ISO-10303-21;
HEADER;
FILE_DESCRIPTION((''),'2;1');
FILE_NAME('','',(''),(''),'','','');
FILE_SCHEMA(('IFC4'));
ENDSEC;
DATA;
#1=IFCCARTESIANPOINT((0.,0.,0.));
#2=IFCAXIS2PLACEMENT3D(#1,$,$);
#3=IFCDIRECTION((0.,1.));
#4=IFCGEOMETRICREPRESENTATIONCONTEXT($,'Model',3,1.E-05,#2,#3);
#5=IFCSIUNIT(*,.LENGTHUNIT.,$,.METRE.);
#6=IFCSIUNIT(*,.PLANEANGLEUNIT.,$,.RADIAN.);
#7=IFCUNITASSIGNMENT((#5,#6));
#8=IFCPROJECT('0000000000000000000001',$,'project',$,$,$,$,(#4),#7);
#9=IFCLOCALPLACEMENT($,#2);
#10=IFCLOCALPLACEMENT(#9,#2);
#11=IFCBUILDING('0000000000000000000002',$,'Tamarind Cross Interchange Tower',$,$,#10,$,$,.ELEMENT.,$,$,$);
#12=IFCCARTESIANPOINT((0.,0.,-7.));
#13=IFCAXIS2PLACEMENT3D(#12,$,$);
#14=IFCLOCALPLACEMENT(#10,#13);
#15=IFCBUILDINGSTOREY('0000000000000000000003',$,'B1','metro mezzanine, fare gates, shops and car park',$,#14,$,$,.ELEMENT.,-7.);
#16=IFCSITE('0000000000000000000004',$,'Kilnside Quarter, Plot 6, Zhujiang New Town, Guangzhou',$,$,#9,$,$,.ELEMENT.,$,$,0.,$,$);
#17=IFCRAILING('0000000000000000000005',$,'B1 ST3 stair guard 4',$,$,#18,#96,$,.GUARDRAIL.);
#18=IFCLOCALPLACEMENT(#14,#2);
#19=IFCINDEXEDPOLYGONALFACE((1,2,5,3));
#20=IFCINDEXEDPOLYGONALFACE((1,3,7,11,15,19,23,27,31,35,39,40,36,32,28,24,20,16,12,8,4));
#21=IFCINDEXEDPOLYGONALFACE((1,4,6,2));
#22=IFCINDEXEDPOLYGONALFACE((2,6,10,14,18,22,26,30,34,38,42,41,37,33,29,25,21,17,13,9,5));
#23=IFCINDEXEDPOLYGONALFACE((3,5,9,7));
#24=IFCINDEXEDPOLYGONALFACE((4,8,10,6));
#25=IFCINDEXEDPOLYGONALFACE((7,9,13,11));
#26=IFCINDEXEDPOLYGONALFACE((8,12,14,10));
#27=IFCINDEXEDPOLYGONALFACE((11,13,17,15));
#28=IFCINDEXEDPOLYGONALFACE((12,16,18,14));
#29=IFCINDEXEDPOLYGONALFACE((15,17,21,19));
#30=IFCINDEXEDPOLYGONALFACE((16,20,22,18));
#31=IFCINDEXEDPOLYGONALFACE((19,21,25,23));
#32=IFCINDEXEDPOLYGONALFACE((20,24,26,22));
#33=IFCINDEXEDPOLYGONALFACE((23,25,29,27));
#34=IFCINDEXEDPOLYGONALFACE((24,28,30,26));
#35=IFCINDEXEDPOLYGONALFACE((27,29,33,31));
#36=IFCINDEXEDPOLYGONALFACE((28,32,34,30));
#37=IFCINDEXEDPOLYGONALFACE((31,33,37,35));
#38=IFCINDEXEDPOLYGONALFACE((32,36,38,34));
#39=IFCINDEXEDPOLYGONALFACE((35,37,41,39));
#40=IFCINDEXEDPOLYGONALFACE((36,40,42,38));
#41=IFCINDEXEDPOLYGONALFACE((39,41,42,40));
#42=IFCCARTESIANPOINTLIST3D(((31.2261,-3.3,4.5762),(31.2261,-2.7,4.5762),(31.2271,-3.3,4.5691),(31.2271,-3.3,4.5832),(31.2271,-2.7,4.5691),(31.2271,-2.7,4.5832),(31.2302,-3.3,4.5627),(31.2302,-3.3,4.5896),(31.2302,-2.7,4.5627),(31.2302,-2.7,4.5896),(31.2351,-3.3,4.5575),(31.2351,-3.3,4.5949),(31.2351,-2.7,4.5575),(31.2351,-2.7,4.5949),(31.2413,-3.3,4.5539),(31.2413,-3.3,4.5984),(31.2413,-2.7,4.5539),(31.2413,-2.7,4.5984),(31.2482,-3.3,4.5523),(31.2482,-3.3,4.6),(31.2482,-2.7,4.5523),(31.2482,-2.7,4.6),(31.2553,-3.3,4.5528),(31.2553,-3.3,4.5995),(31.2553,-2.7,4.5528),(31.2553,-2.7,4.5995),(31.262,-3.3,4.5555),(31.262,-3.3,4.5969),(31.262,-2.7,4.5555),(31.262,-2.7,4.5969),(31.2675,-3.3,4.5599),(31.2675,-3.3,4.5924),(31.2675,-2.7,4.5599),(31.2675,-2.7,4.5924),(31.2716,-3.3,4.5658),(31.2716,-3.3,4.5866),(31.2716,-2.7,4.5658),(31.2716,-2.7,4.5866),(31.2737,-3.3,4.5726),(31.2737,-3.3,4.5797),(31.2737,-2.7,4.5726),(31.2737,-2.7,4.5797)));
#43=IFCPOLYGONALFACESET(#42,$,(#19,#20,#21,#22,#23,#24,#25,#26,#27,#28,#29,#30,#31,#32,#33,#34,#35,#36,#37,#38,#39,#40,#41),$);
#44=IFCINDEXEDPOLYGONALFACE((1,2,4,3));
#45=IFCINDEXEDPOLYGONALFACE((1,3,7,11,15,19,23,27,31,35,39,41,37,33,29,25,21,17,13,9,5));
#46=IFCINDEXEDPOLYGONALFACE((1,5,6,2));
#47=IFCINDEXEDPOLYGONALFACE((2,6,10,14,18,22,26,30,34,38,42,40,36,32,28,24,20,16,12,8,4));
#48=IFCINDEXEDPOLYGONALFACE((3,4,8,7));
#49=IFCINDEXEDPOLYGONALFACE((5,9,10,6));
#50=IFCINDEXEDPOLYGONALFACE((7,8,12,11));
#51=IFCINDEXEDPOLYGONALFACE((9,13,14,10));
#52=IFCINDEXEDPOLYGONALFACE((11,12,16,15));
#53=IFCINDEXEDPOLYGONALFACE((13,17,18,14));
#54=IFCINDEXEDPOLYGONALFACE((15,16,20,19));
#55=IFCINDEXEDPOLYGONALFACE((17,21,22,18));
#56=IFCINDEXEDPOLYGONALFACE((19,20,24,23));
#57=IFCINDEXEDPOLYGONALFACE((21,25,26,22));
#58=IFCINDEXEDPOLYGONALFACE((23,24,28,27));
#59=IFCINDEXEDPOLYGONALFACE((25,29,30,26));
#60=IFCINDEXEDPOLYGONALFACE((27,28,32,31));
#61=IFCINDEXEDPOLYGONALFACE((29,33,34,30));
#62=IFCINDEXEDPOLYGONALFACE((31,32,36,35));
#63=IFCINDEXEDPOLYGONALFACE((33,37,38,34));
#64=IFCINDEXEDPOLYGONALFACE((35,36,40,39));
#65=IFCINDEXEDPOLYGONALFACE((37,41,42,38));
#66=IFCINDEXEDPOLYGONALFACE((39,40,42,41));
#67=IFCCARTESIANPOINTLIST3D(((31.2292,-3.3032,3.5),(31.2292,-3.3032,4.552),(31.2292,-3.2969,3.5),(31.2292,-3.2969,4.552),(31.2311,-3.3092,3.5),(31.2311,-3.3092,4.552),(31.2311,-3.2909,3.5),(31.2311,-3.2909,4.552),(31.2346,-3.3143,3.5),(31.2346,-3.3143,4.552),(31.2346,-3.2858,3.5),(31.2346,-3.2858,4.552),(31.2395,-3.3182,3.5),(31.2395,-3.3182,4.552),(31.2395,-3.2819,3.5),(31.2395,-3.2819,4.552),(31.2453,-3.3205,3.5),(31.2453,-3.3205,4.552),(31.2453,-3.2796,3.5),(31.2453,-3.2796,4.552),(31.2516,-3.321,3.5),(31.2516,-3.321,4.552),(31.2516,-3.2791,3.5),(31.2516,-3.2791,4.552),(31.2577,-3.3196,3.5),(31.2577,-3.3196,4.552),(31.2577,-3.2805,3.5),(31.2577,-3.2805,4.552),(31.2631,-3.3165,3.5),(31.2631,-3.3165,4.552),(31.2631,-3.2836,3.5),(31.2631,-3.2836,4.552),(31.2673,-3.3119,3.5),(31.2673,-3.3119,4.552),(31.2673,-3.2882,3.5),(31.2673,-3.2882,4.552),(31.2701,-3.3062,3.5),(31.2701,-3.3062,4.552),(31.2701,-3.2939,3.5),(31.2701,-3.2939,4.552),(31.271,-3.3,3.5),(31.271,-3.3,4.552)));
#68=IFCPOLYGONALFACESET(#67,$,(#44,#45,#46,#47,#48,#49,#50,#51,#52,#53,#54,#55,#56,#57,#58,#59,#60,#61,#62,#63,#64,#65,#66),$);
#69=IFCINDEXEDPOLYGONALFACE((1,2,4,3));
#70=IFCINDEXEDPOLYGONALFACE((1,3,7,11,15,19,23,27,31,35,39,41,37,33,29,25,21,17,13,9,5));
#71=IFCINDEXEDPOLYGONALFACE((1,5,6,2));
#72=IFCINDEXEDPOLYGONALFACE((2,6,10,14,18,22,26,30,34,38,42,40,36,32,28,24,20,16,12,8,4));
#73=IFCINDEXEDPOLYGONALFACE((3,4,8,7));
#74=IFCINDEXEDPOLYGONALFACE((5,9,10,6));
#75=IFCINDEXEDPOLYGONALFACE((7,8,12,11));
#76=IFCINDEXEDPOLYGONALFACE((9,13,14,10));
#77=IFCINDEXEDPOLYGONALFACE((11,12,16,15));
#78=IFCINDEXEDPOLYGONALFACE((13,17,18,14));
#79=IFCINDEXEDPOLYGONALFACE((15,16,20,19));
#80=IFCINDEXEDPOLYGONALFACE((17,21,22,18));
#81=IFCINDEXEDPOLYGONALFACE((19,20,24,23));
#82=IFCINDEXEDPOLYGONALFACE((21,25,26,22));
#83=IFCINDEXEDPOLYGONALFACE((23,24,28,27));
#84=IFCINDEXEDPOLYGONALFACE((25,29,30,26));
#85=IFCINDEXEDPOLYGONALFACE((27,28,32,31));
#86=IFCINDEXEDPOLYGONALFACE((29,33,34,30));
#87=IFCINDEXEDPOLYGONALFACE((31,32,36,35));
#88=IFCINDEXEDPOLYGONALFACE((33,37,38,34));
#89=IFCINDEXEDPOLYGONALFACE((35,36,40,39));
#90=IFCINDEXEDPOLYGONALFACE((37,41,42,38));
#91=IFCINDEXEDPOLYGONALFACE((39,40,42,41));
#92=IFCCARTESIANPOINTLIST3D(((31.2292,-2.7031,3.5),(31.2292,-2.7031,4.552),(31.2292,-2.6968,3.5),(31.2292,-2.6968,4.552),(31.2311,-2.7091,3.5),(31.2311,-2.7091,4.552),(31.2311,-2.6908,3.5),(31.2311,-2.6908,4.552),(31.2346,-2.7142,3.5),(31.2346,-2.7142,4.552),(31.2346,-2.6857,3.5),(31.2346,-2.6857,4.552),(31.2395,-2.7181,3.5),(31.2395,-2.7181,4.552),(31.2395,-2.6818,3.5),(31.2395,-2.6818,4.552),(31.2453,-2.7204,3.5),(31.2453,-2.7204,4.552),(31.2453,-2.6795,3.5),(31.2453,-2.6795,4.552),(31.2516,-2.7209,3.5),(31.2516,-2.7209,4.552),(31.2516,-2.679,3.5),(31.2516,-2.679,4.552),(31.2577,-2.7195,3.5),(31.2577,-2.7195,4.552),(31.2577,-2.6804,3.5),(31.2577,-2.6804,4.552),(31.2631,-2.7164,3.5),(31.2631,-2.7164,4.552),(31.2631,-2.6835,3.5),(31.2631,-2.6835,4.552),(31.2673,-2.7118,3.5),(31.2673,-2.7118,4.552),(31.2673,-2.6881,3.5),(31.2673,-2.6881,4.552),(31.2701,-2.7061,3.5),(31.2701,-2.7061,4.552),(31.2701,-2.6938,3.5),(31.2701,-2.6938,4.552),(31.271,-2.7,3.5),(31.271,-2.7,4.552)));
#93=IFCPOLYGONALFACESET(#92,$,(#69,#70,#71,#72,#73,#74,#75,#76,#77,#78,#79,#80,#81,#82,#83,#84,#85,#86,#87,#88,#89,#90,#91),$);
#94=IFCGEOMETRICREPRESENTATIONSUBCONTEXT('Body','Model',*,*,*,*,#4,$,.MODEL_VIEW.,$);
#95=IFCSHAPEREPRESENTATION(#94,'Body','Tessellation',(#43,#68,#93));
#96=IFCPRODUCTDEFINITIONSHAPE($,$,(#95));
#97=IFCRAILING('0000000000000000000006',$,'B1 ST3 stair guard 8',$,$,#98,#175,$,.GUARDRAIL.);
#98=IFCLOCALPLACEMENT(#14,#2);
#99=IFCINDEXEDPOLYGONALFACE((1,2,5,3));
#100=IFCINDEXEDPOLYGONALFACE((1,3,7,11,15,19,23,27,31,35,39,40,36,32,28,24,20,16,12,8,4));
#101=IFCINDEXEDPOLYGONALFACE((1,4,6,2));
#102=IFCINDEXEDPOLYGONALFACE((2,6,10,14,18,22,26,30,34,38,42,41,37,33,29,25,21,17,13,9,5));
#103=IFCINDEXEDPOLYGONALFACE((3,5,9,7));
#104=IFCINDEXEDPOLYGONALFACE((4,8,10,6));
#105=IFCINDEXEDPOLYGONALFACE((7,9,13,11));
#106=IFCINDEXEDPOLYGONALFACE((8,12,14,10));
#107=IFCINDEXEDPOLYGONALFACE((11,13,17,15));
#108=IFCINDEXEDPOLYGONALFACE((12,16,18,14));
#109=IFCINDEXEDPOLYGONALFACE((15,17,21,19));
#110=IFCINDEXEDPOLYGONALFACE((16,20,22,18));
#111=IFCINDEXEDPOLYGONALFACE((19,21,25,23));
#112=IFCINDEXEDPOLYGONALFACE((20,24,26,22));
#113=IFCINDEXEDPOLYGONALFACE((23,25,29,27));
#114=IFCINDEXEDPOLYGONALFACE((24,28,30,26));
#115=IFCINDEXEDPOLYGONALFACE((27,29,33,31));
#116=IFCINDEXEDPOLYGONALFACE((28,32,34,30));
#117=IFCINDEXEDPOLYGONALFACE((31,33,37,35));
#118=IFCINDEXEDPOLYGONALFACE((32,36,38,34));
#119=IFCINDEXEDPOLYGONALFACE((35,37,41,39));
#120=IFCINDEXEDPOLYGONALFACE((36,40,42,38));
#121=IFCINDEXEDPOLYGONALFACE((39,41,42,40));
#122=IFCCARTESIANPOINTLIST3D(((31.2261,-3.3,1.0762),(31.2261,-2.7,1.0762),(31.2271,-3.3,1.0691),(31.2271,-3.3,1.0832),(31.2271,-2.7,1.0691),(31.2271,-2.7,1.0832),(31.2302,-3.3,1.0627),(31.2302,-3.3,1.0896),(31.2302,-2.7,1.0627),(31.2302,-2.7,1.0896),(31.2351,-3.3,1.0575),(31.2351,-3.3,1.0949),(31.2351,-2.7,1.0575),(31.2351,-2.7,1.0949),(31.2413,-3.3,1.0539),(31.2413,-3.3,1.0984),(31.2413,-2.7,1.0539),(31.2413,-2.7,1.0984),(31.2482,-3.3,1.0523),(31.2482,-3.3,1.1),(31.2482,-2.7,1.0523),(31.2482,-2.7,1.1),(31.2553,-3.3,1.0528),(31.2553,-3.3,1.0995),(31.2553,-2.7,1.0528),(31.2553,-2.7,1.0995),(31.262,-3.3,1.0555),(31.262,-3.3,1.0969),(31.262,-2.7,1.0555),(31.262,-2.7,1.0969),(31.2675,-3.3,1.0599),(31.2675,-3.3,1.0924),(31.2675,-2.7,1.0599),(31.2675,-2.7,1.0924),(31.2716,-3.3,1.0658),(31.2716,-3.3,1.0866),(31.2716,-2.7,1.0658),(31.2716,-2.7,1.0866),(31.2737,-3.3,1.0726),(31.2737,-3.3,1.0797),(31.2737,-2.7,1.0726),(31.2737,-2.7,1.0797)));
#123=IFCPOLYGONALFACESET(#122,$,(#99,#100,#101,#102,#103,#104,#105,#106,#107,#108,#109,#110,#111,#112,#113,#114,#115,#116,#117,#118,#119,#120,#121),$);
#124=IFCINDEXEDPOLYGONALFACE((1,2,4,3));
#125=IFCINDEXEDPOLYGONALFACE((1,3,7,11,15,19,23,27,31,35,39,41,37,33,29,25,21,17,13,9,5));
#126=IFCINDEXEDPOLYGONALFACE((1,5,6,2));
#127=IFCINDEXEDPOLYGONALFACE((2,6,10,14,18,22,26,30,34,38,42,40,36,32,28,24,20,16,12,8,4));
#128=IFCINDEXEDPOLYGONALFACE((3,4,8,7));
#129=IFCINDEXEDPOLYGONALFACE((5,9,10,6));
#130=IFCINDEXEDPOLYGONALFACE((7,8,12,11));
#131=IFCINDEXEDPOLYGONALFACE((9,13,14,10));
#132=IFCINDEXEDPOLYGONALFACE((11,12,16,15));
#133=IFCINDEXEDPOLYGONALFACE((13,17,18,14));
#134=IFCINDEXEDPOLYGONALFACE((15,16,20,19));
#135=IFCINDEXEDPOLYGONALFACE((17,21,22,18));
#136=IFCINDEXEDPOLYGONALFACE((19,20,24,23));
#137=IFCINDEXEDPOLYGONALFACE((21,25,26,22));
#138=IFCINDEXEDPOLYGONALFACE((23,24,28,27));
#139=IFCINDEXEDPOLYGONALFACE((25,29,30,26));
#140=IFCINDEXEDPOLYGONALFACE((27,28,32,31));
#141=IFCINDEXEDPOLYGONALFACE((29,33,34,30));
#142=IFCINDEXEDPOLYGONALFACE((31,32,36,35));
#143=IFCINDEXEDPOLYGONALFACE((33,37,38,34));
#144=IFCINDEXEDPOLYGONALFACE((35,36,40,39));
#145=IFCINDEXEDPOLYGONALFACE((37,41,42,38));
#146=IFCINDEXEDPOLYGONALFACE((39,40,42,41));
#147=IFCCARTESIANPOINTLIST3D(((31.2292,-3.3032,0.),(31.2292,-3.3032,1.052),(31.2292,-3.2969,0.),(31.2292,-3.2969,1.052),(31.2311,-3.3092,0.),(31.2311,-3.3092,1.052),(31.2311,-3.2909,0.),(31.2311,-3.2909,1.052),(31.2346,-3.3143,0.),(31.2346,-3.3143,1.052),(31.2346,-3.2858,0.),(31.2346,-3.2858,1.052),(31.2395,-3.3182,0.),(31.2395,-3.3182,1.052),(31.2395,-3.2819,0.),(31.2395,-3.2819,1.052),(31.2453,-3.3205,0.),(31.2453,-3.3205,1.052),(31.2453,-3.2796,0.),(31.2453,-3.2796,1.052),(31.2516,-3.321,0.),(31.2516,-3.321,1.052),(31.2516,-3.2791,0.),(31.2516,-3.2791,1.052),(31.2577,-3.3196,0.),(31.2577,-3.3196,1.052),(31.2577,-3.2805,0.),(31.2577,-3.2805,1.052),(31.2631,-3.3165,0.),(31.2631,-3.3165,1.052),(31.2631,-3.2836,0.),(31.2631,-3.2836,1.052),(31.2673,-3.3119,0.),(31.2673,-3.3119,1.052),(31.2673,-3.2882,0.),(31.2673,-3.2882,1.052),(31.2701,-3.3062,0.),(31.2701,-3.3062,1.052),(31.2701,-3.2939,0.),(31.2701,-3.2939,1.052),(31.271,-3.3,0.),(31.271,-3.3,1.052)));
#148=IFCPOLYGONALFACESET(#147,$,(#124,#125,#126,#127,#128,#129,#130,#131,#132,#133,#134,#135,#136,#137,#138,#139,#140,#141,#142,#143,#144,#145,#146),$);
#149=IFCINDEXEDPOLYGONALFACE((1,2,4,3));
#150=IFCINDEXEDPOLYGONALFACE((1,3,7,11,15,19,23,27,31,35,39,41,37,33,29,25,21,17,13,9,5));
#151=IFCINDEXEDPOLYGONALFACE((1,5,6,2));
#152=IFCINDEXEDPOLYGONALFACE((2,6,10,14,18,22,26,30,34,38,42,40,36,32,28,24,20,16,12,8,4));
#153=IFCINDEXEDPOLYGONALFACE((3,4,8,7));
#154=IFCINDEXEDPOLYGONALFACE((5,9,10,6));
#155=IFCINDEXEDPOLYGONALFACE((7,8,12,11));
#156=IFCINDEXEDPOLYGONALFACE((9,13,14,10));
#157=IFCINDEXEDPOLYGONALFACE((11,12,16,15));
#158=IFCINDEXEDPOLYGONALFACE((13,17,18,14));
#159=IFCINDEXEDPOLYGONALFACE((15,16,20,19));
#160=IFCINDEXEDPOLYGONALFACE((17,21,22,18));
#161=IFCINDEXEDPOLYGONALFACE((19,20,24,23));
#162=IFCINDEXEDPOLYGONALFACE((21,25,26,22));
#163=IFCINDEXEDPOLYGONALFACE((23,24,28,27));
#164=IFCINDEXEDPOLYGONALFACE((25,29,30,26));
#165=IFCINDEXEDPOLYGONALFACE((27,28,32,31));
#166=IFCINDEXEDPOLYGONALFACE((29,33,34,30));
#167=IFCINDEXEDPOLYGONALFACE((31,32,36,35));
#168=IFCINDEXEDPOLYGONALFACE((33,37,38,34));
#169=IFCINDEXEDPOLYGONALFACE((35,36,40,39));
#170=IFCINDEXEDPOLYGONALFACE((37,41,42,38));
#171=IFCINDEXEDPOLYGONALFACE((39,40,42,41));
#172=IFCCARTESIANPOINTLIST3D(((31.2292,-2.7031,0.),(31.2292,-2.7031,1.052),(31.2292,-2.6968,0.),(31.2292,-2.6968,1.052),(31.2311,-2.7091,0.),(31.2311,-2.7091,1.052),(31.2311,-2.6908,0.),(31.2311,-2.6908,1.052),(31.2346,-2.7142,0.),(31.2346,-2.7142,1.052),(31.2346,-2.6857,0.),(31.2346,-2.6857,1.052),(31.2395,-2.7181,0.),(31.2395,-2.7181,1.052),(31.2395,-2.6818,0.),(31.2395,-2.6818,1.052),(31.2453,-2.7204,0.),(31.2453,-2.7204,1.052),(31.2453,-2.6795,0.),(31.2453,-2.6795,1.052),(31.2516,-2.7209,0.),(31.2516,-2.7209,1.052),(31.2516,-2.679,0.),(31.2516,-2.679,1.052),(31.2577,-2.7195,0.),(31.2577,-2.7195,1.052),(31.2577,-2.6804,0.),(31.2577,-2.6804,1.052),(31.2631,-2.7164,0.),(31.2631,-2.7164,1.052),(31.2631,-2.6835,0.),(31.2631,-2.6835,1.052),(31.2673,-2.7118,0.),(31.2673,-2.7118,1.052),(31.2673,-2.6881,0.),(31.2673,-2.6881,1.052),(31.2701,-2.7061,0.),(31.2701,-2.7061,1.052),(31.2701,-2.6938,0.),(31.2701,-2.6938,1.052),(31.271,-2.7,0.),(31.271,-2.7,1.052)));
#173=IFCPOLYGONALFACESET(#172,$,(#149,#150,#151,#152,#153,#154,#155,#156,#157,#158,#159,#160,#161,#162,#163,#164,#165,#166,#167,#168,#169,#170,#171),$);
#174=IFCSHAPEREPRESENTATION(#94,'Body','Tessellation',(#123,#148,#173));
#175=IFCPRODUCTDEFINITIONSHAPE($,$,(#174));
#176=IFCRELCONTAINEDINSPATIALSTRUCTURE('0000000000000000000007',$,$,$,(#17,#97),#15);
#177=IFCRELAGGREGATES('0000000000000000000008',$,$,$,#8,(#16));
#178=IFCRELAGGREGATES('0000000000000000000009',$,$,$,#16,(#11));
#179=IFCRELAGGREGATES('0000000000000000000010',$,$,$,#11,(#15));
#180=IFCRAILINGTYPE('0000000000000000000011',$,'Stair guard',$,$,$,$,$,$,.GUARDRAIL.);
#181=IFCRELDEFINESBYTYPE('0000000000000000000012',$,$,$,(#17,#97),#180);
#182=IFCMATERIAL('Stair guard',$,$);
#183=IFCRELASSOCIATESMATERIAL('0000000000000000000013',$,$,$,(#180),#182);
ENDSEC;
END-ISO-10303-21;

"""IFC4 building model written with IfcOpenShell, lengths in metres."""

from ifc_helpers import new_model, si_unit, direction, frame, origin, origin_2d, place, context, subcontext, project, spatial, circle, extrude, material, type_object, element, save


model = new_model("IFC4")

# Units and contexts
model_context = context("Model", 3, precision=1e-05, world=origin(), true_north=direction((0.0, 1.0)))
body_context = subcontext(model_context, "Body", "Model", "MODEL_VIEW")
ifc_project = project(units=[si_unit("LENGTHUNIT", "METRE"), si_unit("PLANEANGLEUNIT", "RADIAN")], contexts=[model_context])

# Site, building, storey
site_placement = place(None, origin())
site = spatial("IfcSite", under=ifc_project, at=site_placement, Name="Kilnside Quarter, Plot 6, Zhujiang New Town, Guangzhou", CompositionType="ELEMENT", RefElevation=0.0)
building_placement = place(site_placement, origin())
building = spatial("IfcBuilding", under=site, at=building_placement, Name="Tamarind Cross Interchange Tower", CompositionType="ELEMENT")
storey_placement = place(building_placement, frame((0.0, 0.0, -7.0)))
storey = spatial("IfcBuildingStorey", under=building, at=storey_placement, Name="B1", Description="metro mezzanine, fare gates, shops and car park", CompositionType="ELEMENT", Elevation=-7.0)

# Railings
ifc_material_1 = material(Name="Stair guard")
railing_type_1 = type_object("IfcRailingType", Name="Stair guard", PredefinedType="GUARDRAIL", material=ifc_material_1)
for number, where, name in (
    (1, (31.25, -3.3, 3.5), "B1 ST3 stair guard 4"),
    (2, (31.25, -3.3, 0.0), "B1 ST3 stair guard 8"),
):
    element("IfcRailing", number, at=place(storey_placement, frame(where)), inside=storey, type_object=railing_type_1, Name=name, PredefinedType="GUARDRAIL", context=body_context, shape_type="SweptSolid", body=[
        extrude(circle(Radius=0.0239, at=origin_2d()), frame((0.0, 0.0, 1.0762), z_axis=(0.0, 1.0, 0.0), x_axis=(-1.0, 0.0, 0.0)), (0.0, 0.0, 1.0), 0.6001),
        extrude(circle(Radius=0.021, at=origin_2d()), origin(), (0.0, 0.0, 1.0), 1.052),
        extrude(circle(Radius=0.021, at=origin_2d()), frame((0.0, 0.6001, 0.0)), (0.0, 0.0, 1.0), 1.052),
    ])

save(model, "model.ifc")
